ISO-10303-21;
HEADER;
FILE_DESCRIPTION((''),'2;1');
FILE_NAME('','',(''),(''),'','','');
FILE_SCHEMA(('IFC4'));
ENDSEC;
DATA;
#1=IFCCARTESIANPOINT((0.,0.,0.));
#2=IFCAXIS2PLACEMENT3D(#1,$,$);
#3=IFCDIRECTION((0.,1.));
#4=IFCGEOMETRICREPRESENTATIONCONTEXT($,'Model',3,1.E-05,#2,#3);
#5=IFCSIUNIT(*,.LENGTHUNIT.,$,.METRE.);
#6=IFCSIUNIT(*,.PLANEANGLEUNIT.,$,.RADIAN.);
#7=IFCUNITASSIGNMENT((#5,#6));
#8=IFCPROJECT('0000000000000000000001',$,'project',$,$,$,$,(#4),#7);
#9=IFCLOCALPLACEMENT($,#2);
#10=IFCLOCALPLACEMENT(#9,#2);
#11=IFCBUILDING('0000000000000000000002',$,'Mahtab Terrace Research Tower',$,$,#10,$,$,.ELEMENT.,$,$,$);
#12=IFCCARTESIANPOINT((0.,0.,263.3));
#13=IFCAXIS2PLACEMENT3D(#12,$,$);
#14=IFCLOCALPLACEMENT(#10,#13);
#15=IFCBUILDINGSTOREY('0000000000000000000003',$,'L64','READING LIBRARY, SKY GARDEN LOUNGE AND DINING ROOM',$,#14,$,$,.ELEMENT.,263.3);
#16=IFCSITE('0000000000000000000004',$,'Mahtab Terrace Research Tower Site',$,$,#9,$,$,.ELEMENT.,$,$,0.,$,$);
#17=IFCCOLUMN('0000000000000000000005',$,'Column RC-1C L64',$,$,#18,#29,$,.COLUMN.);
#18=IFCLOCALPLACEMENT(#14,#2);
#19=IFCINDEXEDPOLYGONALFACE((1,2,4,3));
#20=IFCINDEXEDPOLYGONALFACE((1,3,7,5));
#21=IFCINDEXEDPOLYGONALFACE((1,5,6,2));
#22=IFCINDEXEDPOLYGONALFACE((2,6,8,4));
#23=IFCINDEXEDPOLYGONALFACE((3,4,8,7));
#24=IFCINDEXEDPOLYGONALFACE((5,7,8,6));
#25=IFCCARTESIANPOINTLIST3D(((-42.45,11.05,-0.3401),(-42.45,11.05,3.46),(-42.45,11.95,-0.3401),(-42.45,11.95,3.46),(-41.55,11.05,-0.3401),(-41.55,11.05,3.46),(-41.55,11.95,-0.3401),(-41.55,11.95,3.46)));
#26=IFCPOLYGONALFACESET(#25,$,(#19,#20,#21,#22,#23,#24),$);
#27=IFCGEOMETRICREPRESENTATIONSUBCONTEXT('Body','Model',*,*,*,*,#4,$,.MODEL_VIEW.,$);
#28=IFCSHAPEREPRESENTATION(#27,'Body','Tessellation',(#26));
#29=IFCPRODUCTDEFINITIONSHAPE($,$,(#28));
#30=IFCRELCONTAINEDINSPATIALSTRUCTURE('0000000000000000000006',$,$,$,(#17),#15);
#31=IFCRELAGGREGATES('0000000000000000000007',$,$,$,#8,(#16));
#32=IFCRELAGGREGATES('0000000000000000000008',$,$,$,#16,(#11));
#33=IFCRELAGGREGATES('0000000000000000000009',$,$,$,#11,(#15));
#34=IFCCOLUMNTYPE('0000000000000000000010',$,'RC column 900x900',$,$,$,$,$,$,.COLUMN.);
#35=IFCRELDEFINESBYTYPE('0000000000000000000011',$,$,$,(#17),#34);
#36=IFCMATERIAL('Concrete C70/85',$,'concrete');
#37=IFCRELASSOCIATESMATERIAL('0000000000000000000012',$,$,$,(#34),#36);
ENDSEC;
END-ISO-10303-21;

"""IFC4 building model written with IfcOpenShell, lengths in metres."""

from ifc_helpers import new_model, si_unit, direction, frame, origin, origin_2d, place, context, subcontext, project, spatial, rectangle, extrude, material, material_profile, profile_set, type_object, element, save


model = new_model("IFC4")

# Units and contexts
model_context = context("Model", 3, precision=1e-05, world=origin(), true_north=direction((0.0, 1.0)))
body_context = subcontext(model_context, "Body", "Model", "MODEL_VIEW")
ifc_project = project(units=[si_unit("LENGTHUNIT", "METRE"), si_unit("PLANEANGLEUNIT", "RADIAN")], contexts=[model_context])

# Site, building, storey
site_placement = place(None, origin())
site = spatial("IfcSite", under=ifc_project, at=site_placement, Name="Mahtab Terrace Research Tower Site", CompositionType="ELEMENT", RefElevation=0.0)
building_placement = place(site_placement, origin())
building = spatial("IfcBuilding", under=site, at=building_placement, Name="Mahtab Terrace Research Tower", CompositionType="ELEMENT")
storey_placement = place(building_placement, frame((0.0, 0.0, 263.3)))
storey = spatial("IfcBuildingStorey", under=building, at=storey_placement, Name="L64", Description="READING LIBRARY, SKY GARDEN LOUNGE AND DINING ROOM", CompositionType="ELEMENT", Elevation=263.3)

# Column
ifc_material_1 = material(Name="Concrete C70/85", Category="concrete")
ifc_material_profile = material_profile(ifc_material_1, rectangle(XDim=0.8999, YDim=0.8999, at=origin_2d()), Name="RC column 900x900")
ifc_profile_set = profile_set([ifc_material_profile], Name="Concrete C70/85")
column_type = type_object("IfcColumnType", Name="RC column 900x900", PredefinedType="COLUMN", material=ifc_profile_set)
column_placement = place(storey_placement, frame((-42.0, 11.5, -0.3401), z_axis=(0.0, 0.0, 1.0), x_axis=(1.0, 0.0, 0.0)))
element("IfcColumn", 1, at=column_placement, inside=storey, type_object=column_type, Name="Column RC-1C L64", PredefinedType="COLUMN", context=body_context, shape_type="SweptSolid", body=[
    extrude(rectangle(XDim=0.8999, YDim=0.8999, at=origin_2d()), origin(), (0.0, 0.0, 1.0), 3.8),
])

save(model, "model.ifc")
